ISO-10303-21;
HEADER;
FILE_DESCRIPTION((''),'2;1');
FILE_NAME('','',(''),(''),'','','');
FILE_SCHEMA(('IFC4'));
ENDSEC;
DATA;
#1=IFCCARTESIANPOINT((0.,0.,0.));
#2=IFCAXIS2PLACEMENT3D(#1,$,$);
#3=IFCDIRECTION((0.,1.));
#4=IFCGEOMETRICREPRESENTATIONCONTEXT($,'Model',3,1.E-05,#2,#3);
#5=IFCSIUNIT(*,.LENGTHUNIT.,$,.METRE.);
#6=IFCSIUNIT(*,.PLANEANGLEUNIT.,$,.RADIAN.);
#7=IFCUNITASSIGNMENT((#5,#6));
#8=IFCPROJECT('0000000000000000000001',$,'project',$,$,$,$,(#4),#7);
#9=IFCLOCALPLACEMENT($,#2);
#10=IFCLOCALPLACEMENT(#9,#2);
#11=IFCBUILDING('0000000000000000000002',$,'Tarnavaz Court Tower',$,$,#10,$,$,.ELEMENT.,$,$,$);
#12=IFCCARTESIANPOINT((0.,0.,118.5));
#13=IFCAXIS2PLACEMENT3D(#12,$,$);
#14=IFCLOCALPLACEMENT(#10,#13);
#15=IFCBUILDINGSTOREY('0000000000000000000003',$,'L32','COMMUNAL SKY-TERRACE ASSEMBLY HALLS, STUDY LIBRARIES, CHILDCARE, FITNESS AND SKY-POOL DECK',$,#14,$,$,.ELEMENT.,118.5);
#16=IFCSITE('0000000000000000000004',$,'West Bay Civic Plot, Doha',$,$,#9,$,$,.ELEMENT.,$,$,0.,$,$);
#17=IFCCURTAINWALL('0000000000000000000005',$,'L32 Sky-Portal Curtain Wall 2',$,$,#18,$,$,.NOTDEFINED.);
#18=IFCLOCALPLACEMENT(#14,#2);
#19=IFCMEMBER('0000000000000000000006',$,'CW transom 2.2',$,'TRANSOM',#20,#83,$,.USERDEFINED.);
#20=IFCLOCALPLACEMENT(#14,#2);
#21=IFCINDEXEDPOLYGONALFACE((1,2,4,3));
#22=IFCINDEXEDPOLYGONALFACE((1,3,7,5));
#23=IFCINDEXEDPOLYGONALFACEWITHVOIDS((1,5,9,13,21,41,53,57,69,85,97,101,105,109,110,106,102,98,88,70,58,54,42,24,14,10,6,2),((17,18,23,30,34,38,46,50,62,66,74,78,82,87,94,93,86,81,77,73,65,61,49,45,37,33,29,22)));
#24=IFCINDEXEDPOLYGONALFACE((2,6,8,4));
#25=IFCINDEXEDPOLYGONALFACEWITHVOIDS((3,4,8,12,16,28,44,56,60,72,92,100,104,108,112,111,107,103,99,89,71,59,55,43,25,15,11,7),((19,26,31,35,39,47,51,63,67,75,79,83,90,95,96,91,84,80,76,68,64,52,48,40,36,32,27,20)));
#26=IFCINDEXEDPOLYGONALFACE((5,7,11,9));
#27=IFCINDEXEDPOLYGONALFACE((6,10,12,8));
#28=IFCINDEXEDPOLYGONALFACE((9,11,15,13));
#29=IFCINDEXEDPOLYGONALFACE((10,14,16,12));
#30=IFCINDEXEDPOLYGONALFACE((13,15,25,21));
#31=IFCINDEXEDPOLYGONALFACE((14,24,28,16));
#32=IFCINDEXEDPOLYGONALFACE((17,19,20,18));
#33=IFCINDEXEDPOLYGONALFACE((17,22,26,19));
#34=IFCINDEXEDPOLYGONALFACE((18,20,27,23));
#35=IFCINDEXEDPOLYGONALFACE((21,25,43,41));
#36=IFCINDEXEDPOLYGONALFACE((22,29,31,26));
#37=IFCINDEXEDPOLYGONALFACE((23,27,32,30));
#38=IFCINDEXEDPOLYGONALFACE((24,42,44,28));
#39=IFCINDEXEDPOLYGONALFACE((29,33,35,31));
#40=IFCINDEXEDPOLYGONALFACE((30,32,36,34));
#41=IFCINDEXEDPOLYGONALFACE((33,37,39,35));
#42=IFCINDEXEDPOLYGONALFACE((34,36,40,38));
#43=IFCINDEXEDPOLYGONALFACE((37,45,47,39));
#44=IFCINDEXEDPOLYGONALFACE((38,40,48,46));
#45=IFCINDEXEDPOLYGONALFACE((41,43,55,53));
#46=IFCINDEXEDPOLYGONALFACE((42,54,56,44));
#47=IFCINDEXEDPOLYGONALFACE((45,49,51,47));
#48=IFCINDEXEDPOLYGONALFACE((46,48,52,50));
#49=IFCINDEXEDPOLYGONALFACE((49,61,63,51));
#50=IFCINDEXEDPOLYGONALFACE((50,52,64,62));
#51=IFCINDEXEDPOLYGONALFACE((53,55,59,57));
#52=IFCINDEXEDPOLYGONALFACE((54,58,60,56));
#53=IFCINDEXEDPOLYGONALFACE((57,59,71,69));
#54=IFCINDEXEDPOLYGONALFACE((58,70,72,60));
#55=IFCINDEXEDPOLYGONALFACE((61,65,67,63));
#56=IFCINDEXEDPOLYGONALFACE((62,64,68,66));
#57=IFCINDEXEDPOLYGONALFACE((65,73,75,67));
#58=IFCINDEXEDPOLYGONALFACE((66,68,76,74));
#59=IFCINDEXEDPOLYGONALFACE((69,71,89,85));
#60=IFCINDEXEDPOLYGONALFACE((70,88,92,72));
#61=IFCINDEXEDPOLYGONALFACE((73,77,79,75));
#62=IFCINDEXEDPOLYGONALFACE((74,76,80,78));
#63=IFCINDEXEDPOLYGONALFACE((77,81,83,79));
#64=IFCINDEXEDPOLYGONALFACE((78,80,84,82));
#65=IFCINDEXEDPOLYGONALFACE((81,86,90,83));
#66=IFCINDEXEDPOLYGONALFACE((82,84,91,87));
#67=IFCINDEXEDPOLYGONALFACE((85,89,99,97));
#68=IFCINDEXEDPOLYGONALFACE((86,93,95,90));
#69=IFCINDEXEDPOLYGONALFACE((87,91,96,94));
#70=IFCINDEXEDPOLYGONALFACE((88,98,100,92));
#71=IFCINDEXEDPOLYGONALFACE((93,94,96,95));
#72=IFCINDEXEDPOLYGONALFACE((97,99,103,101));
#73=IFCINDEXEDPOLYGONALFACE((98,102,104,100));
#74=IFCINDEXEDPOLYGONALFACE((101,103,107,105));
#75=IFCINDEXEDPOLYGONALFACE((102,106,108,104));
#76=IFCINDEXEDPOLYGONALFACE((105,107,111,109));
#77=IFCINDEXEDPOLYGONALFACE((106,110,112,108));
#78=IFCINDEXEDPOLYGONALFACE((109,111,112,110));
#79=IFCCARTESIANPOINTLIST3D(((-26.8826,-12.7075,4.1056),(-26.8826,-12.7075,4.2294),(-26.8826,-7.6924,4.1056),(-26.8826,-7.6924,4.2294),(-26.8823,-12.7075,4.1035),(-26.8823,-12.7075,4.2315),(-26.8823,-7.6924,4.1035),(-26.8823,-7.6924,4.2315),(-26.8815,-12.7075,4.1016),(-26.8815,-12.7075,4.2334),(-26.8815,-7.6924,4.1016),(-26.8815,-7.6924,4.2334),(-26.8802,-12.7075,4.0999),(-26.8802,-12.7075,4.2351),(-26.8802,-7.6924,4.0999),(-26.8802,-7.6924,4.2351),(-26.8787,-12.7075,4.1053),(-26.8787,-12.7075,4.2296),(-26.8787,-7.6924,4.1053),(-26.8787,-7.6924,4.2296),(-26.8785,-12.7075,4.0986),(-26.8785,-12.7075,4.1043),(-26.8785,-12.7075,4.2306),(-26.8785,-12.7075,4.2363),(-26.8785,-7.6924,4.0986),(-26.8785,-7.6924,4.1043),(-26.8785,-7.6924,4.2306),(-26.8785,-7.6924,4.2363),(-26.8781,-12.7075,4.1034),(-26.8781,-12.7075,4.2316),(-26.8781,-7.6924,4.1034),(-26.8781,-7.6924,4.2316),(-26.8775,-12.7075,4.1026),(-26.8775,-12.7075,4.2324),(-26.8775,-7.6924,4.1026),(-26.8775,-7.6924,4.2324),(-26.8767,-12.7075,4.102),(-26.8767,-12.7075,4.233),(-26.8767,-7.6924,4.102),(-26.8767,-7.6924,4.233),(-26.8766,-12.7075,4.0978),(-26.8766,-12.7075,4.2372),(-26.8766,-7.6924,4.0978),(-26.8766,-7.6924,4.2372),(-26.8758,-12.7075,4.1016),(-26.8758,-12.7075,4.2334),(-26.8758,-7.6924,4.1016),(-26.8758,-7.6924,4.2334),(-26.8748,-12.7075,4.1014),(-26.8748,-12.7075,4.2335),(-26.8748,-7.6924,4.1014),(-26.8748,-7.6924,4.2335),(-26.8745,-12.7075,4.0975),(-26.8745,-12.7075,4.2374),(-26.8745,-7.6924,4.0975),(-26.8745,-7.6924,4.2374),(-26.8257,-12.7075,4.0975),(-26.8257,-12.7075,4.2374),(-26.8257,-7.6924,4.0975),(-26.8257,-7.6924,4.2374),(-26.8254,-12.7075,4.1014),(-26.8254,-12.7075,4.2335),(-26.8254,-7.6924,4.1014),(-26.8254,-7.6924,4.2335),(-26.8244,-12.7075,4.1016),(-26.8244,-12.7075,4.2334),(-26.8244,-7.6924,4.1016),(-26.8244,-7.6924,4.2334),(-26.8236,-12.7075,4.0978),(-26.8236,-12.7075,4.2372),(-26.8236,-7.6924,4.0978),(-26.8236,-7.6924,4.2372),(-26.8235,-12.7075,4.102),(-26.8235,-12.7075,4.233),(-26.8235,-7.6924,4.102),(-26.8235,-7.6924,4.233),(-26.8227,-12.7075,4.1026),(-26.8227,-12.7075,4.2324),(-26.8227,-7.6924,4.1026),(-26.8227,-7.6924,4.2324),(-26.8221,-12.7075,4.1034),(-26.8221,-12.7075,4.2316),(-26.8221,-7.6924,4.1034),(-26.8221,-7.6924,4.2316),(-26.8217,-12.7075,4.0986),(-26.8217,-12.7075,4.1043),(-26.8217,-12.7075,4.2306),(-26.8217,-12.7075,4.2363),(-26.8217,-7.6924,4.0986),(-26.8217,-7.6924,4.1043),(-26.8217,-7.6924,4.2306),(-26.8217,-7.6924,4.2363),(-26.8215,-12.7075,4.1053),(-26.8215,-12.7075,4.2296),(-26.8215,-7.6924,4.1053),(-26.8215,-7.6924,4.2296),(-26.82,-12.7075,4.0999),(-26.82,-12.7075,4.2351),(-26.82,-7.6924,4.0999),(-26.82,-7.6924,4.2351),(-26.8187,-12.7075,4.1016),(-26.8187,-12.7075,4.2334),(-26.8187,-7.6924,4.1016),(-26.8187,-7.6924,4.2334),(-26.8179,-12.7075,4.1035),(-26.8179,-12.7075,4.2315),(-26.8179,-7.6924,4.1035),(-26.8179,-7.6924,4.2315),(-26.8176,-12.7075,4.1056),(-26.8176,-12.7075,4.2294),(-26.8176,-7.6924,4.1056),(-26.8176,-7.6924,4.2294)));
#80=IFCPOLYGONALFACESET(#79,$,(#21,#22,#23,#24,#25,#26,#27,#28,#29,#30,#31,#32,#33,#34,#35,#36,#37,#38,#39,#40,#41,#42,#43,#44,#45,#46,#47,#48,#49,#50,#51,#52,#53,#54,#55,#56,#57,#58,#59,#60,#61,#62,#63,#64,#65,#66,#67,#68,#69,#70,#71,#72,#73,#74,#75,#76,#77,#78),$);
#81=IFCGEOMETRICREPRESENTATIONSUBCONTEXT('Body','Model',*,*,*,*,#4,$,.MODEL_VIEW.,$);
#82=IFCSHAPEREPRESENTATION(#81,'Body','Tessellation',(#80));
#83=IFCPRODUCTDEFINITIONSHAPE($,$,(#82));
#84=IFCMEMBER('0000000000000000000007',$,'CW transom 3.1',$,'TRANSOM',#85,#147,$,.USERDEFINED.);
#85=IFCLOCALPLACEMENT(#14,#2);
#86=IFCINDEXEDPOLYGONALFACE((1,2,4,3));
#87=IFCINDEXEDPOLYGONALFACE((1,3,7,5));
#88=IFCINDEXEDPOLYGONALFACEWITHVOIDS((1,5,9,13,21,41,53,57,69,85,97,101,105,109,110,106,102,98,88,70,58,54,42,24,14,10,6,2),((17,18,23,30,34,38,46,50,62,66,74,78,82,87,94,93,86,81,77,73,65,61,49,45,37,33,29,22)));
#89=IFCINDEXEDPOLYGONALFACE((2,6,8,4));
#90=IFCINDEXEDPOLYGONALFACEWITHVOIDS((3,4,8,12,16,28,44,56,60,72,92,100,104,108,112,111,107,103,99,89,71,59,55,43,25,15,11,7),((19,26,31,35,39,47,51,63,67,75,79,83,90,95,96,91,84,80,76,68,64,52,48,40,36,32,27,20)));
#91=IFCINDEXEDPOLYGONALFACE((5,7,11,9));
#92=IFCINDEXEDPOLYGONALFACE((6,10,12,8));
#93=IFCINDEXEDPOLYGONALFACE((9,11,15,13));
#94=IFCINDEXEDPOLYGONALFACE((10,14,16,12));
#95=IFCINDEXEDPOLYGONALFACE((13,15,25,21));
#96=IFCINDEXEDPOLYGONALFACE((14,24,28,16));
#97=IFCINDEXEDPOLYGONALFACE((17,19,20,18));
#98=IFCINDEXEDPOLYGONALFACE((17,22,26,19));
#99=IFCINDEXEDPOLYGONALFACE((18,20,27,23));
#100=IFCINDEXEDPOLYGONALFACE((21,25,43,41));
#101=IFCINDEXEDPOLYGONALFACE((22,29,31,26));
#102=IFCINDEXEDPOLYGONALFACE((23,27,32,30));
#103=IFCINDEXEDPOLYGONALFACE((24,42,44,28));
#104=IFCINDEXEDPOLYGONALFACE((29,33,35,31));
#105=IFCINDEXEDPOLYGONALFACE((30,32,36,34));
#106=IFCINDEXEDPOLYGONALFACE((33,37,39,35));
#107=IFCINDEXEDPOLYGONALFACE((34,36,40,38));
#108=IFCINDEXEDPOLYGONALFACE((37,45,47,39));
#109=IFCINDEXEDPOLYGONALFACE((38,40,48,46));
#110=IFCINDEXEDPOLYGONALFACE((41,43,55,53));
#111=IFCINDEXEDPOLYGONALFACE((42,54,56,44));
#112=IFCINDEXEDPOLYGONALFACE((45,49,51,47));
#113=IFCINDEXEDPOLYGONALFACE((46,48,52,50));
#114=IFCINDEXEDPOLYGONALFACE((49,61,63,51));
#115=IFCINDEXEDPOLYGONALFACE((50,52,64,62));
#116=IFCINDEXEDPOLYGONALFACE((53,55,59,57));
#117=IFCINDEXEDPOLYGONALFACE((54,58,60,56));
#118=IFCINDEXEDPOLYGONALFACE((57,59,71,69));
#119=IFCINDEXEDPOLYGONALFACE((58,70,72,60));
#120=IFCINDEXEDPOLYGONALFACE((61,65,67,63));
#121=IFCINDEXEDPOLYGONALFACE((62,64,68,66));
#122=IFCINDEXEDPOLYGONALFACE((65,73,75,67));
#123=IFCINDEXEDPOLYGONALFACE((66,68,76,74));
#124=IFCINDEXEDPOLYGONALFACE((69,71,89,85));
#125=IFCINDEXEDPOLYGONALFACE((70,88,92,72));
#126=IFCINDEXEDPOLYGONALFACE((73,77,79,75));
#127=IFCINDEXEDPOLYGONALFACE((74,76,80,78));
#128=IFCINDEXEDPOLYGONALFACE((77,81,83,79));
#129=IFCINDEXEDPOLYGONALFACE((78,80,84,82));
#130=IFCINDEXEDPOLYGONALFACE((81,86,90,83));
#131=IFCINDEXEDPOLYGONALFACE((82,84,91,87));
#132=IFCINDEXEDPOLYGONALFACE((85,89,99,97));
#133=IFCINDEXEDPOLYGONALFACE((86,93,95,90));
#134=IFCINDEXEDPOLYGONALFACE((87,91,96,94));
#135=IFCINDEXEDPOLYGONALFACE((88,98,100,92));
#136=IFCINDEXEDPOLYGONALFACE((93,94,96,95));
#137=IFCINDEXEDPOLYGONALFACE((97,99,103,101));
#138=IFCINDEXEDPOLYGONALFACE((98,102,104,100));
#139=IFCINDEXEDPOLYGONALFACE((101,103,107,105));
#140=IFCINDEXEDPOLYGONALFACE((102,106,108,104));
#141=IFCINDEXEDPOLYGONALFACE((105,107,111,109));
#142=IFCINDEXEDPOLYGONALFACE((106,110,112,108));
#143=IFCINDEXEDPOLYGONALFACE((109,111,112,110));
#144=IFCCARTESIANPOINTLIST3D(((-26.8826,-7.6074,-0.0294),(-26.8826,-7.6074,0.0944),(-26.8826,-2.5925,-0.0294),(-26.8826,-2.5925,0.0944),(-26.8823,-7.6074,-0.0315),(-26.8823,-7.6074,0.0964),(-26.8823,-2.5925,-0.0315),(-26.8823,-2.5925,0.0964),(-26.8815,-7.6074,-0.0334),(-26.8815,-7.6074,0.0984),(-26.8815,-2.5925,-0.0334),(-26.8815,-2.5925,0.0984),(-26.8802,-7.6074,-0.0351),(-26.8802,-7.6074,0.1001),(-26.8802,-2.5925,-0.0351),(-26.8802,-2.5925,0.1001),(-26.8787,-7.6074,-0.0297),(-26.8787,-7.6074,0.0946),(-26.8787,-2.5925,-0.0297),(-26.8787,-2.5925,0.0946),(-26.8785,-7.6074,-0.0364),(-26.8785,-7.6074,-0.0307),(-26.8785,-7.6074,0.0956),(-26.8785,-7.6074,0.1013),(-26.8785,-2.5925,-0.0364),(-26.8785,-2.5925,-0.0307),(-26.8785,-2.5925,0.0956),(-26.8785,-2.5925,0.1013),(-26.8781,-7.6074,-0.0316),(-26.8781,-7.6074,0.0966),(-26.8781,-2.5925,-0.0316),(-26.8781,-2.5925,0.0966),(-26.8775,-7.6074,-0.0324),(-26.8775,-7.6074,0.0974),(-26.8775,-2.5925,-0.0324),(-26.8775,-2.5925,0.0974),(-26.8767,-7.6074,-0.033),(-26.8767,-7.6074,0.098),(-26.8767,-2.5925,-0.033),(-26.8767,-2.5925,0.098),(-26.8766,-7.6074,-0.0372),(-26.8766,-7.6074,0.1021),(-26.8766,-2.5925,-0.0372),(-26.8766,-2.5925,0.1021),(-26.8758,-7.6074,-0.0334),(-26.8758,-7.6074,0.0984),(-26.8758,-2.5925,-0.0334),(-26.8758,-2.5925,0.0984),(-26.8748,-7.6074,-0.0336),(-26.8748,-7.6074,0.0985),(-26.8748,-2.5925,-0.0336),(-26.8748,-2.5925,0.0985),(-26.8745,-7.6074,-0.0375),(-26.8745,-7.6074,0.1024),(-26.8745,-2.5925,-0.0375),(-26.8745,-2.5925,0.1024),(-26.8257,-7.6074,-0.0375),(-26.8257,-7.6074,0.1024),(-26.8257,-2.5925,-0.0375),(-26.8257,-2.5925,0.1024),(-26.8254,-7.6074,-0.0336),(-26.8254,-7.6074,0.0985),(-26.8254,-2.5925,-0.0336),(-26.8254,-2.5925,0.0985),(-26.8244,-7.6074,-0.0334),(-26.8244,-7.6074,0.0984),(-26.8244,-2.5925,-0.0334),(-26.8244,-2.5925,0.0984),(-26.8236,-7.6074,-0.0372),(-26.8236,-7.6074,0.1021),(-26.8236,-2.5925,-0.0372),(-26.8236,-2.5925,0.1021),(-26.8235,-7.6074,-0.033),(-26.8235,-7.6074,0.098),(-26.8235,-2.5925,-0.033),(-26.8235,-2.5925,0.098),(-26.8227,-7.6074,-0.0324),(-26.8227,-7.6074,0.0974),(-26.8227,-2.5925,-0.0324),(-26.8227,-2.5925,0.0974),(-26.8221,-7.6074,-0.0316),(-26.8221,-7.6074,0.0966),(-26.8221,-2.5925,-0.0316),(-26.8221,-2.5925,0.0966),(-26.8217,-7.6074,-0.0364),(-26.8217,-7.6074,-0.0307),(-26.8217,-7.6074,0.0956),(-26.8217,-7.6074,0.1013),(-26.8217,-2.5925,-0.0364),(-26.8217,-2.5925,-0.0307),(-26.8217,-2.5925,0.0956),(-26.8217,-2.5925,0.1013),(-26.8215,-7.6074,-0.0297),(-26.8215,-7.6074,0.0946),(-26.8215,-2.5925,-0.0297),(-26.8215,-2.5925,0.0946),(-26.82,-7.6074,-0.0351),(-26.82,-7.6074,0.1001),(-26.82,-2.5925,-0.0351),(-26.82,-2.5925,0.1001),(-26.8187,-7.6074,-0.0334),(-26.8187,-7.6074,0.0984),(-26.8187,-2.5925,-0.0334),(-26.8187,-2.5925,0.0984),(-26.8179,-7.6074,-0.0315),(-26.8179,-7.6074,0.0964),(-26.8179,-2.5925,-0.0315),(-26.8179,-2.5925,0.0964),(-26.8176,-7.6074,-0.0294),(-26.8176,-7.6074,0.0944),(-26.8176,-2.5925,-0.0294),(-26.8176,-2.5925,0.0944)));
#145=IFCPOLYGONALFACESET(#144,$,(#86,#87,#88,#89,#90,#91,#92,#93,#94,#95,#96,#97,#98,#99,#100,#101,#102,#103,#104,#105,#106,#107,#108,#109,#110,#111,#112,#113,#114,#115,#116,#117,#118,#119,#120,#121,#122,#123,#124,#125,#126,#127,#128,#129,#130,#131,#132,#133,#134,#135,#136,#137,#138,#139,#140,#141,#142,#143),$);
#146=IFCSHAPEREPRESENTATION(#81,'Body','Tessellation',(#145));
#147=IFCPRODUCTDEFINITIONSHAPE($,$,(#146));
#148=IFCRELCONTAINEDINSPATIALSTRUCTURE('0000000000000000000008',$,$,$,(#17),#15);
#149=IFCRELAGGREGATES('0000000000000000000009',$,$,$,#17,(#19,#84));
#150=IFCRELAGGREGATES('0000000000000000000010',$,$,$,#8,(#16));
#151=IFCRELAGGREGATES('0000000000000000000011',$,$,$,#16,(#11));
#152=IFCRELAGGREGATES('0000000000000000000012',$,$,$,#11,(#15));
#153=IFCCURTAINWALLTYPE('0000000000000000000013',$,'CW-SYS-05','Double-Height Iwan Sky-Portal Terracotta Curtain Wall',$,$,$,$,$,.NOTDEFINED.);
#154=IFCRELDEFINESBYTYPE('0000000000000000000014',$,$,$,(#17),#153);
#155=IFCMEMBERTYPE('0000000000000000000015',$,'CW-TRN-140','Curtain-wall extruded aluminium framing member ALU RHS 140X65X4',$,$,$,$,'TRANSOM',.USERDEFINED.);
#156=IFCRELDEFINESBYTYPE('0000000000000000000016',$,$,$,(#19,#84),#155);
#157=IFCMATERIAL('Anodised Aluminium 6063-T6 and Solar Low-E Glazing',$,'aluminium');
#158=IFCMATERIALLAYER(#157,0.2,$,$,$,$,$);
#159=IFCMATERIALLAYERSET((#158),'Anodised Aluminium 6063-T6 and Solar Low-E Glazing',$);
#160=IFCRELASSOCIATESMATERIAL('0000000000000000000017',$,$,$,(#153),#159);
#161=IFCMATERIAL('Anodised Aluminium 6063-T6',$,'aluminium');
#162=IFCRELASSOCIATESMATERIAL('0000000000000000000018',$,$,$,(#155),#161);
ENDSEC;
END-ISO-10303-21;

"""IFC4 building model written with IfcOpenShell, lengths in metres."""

from ifc_helpers import new_model, si_unit, direction, frame, origin, origin_2d, place, context, subcontext, project, spatial, hollow_rectangle, extrude, material, layer, layer_set, material_profile, profile_set, type_object, element, aggregate, save


model = new_model("IFC4")

# Units and contexts
model_context = context("Model", 3, precision=1e-05, world=origin(), true_north=direction((0.0, 1.0)))
body_context = subcontext(model_context, "Body", "Model", "MODEL_VIEW")
ifc_project = project(units=[si_unit("LENGTHUNIT", "METRE"), si_unit("PLANEANGLEUNIT", "RADIAN")], contexts=[model_context])

# Site, building, storey
site_placement = place(None, origin())
site = spatial("IfcSite", under=ifc_project, at=site_placement, Name="West Bay Civic Plot, Doha", CompositionType="ELEMENT", RefElevation=0.0)
building_placement = place(site_placement, origin())
building = spatial("IfcBuilding", under=site, at=building_placement, Name="Tarnavaz Court Tower", CompositionType="ELEMENT")
storey_placement = place(building_placement, frame((0.0, 0.0, 118.5)))
storey = spatial("IfcBuildingStorey", under=building, at=storey_placement, Name="L32", Description="COMMUNAL SKY-TERRACE ASSEMBLY HALLS, STUDY LIBRARIES, CHILDCARE, FITNESS AND SKY-POOL DECK", CompositionType="ELEMENT", Elevation=118.5)

# Curtain wall, members
ifc_material_1 = material(Name="Anodised Aluminium 6063-T6 and Solar Low-E Glazing", Category="aluminium")
ifc_layer_1 = layer(ifc_material_1, 0.2)
ifc_layer_set_1 = layer_set([ifc_layer_1], Name="Anodised Aluminium 6063-T6 and Solar Low-E Glazing")
curtain_wall_type = type_object("IfcCurtainWallType", Name="CW-SYS-05", Description="Double-Height Iwan Sky-Portal Terracotta Curtain Wall", PredefinedType="NOTDEFINED", material=ifc_layer_set_1)
curtain_wall_placement = place(storey_placement, origin())
curtain_wall = element("IfcCurtainWall", 1, at=curtain_wall_placement, inside=storey, type_object=curtain_wall_type, Name="L32 Sky-Portal Curtain Wall 2", PredefinedType="NOTDEFINED")
ifc_material_2 = material(Name="Anodised Aluminium 6063-T6", Category="aluminium")
ifc_material_profile_1 = material_profile(ifc_material_2, hollow_rectangle(XDim=0.0649, YDim=0.1399, WallThickness=0.0039, InnerFilletRadius=0.0039, OuterFilletRadius=0.0081, at=origin_2d()), Name="ALU RHS 140X65X4")
ifc_profile_set_1 = profile_set([ifc_material_profile_1], Name="Anodised Aluminium 6063-T6")
member_type_1 = type_object("IfcMemberType", Name="CW-TRN-140", Description="Curtain-wall extruded aluminium framing member ALU RHS 140X65X4", ElementType="TRANSOM", PredefinedType="USERDEFINED", material=ifc_profile_set_1)
member_1_placement = place(storey_placement, frame((-26.8501, -12.7075, 4.1675), z_axis=(0.0, 1.0, 0.0), x_axis=(-1.0, 0.0, 0.0)))
member_1 = element("IfcMember", 2, at=member_1_placement, type_object=member_type_1, Name="CW transom 2.2", ObjectType="TRANSOM", PredefinedType="USERDEFINED", context=body_context, shape_type="SweptSolid", body=[
    extrude(hollow_rectangle(XDim=0.0649, YDim=0.1399, WallThickness=0.0039, InnerFilletRadius=0.0039, OuterFilletRadius=0.0081, at=origin_2d()), origin(), (0.0, 0.0, 1.0), 5.0151),
])
member_2_placement = place(storey_placement, frame((-26.8501, -7.6074, 0.0325), z_axis=(0.0, 1.0, 0.0), x_axis=(-1.0, 0.0, 0.0)))
member_2 = element("IfcMember", 3, at=member_2_placement, type_object=member_type_1, Name="CW transom 3.1", ObjectType="TRANSOM", PredefinedType="USERDEFINED", context=body_context, shape_type="SweptSolid", body=[
    extrude(hollow_rectangle(XDim=0.0649, YDim=0.1399, WallThickness=0.0039, InnerFilletRadius=0.0039, OuterFilletRadius=0.0081, at=origin_2d()), origin(), (0.0, 0.0, 1.0), 5.0149),
])
aggregate(curtain_wall, [member_1, member_2])

save(model, "model.ifc")
